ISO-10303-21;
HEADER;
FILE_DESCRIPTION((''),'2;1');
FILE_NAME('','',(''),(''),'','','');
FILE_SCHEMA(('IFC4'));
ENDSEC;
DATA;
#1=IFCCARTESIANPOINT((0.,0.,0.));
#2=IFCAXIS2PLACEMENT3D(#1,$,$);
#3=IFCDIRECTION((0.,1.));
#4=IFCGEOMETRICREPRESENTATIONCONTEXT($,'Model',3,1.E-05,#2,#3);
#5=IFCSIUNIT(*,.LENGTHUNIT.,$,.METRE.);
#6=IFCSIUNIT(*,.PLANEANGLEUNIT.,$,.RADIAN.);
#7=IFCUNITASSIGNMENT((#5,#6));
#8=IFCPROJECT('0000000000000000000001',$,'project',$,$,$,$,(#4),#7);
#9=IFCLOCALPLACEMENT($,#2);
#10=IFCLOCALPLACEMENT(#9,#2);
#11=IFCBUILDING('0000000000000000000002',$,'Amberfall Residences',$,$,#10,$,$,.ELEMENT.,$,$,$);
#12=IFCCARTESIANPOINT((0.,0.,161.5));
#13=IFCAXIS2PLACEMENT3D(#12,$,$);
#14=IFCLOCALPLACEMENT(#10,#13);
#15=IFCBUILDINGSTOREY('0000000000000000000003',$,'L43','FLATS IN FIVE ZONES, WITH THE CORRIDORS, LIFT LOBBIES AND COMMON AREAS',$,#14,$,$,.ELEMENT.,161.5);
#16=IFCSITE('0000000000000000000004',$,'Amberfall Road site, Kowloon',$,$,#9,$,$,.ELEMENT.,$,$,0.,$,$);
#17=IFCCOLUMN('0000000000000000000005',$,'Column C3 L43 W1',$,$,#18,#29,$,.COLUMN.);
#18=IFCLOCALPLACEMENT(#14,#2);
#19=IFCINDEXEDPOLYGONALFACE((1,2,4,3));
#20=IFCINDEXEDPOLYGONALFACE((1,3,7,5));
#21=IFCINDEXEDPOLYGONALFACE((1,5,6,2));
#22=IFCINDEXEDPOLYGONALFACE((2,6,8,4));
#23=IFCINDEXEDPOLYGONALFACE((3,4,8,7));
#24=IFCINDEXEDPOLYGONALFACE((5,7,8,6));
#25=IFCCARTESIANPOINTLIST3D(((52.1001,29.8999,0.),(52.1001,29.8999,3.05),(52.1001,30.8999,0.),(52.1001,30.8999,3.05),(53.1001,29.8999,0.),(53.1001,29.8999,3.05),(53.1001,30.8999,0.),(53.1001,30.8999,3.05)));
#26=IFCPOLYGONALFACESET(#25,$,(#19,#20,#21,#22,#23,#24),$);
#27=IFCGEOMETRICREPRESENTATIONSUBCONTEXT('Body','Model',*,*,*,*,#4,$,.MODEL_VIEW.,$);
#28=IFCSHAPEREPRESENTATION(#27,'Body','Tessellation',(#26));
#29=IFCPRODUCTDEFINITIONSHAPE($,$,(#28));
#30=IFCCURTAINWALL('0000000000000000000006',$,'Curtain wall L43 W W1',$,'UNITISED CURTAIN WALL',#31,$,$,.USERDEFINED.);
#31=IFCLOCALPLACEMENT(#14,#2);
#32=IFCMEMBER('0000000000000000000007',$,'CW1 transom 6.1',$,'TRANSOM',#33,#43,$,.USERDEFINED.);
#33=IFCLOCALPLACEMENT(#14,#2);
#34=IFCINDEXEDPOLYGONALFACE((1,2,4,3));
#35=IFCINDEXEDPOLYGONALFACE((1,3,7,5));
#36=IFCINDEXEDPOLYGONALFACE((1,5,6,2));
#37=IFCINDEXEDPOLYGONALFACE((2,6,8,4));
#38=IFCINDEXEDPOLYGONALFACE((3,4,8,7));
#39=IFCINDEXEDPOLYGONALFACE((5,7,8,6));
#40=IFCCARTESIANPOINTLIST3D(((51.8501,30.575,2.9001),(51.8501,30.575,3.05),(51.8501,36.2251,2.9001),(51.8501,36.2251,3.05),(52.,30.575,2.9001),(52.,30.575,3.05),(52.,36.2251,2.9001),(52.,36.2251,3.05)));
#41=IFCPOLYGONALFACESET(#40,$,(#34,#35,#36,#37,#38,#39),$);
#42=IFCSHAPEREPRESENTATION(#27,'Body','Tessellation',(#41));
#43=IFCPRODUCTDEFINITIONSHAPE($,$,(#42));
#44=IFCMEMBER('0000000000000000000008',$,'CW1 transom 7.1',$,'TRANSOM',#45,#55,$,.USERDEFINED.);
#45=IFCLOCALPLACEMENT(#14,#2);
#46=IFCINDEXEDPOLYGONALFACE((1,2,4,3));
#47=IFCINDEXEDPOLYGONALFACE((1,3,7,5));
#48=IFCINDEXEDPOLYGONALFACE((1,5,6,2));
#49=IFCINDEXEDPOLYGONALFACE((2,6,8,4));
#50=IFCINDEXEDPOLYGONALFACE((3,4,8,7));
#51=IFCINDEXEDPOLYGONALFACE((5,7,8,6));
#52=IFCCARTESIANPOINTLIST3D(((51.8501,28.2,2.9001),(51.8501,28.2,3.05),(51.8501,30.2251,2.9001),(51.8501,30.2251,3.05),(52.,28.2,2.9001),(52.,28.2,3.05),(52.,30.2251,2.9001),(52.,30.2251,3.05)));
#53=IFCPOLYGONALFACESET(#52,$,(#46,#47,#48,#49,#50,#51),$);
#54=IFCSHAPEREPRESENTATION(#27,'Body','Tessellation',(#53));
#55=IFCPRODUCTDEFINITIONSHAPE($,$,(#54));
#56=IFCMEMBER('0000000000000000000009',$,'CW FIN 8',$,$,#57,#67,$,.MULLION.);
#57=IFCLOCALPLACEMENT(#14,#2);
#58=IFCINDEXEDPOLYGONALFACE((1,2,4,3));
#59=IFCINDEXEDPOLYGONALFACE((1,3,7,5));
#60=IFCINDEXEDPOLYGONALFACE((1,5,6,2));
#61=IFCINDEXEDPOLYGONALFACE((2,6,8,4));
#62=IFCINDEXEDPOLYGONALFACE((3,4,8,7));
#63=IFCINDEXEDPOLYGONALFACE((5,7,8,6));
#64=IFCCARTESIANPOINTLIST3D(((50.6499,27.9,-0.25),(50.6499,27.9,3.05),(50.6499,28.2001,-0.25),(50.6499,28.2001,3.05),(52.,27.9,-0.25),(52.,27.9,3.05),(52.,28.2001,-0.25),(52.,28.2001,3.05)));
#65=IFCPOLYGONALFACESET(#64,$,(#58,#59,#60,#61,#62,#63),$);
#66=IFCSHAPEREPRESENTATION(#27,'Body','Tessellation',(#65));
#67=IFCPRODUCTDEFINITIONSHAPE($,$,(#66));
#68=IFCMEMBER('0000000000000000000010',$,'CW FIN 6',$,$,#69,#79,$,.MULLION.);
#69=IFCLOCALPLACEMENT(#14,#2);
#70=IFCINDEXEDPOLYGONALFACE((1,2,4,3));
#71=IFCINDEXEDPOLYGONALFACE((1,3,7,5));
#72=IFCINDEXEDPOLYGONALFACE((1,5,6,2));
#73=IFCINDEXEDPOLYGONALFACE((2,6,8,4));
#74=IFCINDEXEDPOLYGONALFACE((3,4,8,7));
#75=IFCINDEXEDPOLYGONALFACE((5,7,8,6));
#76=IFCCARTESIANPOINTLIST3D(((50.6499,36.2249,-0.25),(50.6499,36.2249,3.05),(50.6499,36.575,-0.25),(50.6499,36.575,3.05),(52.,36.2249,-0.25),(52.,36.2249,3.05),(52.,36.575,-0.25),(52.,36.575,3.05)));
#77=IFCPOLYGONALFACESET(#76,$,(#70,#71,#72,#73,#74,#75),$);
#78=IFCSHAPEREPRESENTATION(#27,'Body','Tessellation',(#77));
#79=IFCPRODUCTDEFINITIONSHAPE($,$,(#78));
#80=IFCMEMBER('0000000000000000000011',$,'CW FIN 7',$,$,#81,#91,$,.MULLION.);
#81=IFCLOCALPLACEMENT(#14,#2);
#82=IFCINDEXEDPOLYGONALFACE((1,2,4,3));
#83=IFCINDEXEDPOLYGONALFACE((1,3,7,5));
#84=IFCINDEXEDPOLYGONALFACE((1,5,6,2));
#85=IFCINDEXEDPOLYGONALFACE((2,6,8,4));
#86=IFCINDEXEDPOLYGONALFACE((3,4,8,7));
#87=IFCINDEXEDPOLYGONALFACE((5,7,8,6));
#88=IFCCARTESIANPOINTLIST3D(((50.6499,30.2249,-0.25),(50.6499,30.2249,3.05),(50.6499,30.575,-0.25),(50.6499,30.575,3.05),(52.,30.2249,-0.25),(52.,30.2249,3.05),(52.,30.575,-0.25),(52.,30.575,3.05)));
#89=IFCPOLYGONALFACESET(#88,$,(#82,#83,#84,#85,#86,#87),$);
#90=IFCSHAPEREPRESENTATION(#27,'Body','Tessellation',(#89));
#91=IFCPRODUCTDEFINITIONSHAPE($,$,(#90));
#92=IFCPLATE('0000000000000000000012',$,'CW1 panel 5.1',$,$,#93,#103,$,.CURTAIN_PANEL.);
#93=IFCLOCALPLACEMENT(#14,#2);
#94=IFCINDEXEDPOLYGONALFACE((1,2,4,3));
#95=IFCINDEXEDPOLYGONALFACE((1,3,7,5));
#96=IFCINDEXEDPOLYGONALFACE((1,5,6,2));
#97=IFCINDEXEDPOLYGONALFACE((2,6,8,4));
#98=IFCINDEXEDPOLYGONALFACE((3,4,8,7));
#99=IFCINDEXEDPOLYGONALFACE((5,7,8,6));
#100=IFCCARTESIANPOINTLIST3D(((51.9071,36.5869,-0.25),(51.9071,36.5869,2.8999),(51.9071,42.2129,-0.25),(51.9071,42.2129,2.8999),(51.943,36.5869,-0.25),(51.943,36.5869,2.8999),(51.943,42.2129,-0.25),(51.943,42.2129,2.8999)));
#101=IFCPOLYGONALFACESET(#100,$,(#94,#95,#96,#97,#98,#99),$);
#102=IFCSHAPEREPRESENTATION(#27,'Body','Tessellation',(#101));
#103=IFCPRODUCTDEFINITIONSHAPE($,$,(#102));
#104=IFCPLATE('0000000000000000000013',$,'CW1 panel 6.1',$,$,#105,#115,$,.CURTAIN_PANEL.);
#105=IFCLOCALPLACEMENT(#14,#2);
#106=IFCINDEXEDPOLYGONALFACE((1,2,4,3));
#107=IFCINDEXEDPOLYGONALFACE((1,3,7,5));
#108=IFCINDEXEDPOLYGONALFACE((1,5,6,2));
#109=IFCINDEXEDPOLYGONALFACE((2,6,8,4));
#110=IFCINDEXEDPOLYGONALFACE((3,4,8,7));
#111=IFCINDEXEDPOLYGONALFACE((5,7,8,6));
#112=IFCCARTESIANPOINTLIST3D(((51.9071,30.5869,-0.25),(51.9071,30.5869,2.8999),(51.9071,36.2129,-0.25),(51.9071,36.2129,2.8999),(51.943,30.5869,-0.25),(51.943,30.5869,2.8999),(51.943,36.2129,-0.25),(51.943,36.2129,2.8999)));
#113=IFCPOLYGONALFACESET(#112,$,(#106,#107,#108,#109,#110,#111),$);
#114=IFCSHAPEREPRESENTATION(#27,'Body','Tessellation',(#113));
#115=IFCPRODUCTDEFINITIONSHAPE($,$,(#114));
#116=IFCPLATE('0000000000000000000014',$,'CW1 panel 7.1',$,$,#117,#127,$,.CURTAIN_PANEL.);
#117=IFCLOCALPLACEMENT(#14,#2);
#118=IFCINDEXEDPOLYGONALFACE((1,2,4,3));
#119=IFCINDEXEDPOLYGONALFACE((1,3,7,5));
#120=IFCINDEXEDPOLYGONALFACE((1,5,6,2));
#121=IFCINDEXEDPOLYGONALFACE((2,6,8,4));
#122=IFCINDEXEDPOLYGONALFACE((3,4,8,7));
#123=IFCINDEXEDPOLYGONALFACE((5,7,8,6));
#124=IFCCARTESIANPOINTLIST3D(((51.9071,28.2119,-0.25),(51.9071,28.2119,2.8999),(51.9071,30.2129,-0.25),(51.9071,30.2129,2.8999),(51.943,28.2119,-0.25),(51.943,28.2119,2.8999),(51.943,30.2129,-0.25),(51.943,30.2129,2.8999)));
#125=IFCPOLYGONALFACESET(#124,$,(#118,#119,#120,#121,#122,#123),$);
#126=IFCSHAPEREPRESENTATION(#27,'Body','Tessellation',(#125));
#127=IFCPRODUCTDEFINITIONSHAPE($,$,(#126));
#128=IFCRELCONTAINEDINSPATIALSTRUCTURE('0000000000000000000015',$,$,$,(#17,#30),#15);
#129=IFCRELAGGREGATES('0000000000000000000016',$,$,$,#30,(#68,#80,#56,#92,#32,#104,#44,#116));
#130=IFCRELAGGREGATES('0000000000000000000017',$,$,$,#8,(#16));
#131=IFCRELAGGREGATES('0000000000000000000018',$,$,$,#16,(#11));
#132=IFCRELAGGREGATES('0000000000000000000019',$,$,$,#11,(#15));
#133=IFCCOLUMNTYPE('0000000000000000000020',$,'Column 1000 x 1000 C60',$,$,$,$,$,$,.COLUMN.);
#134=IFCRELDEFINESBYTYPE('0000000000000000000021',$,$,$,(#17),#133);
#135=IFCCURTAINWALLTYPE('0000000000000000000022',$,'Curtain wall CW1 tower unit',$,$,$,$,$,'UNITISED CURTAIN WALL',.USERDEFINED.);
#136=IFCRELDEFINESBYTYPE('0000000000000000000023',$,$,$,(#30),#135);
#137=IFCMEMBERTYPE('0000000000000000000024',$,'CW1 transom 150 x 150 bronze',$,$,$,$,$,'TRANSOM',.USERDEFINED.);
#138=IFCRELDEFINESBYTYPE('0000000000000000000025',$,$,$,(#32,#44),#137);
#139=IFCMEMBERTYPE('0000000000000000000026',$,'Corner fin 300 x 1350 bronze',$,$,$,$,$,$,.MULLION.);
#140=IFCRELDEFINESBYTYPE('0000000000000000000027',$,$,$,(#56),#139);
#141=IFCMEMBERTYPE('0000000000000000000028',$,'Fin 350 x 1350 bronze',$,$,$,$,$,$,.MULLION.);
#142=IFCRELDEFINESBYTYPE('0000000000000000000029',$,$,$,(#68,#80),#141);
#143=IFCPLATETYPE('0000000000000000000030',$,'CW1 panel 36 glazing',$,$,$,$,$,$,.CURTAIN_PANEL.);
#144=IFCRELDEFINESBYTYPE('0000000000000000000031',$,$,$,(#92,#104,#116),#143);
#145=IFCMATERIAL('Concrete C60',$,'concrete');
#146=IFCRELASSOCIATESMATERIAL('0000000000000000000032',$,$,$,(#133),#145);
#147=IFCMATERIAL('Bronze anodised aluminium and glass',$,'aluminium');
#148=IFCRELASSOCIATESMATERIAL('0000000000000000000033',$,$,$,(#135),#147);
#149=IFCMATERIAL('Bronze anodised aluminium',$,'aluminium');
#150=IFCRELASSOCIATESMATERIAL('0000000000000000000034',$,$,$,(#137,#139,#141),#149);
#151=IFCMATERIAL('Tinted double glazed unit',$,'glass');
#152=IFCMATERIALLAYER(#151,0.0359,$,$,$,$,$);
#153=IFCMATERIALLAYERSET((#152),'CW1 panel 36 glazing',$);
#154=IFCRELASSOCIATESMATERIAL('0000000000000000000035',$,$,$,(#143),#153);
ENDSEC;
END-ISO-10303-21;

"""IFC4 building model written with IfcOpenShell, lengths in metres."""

from ifc_helpers import new_model, si_unit, direction, frame, origin, origin_2d, place, context, subcontext, project, spatial, rectangle, extrude, material, layer, layer_set, material_profile, profile_set, type_object, element, aggregate, save


model = new_model("IFC4")

# Units and contexts
model_context = context("Model", 3, precision=1e-05, world=origin(), true_north=direction((0.0, 1.0)))
body_context = subcontext(model_context, "Body", "Model", "MODEL_VIEW")
ifc_project = project(units=[si_unit("LENGTHUNIT", "METRE"), si_unit("PLANEANGLEUNIT", "RADIAN")], contexts=[model_context])

# Site, building, storey
site_placement = place(None, origin())
site = spatial("IfcSite", under=ifc_project, at=site_placement, Name="Amberfall Road site, Kowloon", CompositionType="ELEMENT", RefElevation=0.0)
building_placement = place(site_placement, origin())
building = spatial("IfcBuilding", under=site, at=building_placement, Name="Amberfall Residences", CompositionType="ELEMENT")
storey_placement = place(building_placement, frame((0.0, 0.0, 161.5)))
storey = spatial("IfcBuildingStorey", under=building, at=storey_placement, Name="L43", Description="FLATS IN FIVE ZONES, WITH THE CORRIDORS, LIFT LOBBIES AND COMMON AREAS", CompositionType="ELEMENT", Elevation=161.5)

# Column
ifc_material_1 = material(Name="Concrete C60", Category="concrete")
ifc_material_profile_1 = material_profile(ifc_material_1, rectangle(XDim=1.0, YDim=1.0, at=origin_2d()), Name="Column 1000 x 1000 C60")
ifc_profile_set_1 = profile_set([ifc_material_profile_1], Name="Concrete C60")
column_type = type_object("IfcColumnType", Name="Column 1000 x 1000 C60", PredefinedType="COLUMN", material=ifc_profile_set_1)
column_placement = place(storey_placement, frame((52.6001, 30.3999, 0.0), z_axis=(0.0, 0.0, 1.0), x_axis=(1.0, 0.0, 0.0)))
element("IfcColumn", 1, at=column_placement, inside=storey, type_object=column_type, Name="Column C3 L43 W1", PredefinedType="COLUMN", context=body_context, shape_type="SweptSolid", body=[
    extrude(rectangle(XDim=1.0, YDim=1.0, at=origin_2d()), origin(), (0.0, 0.0, 1.0), 3.05),
])

# Curtain wall, members, plates
ifc_material_2 = material(Name="Bronze anodised aluminium and glass", Category="aluminium")
curtain_wall_type = type_object("IfcCurtainWallType", Name="Curtain wall CW1 tower unit", ElementType="UNITISED CURTAIN WALL", PredefinedType="USERDEFINED", material=ifc_material_2)
curtain_wall_placement = place(storey_placement, origin())
curtain_wall = element("IfcCurtainWall", 2, at=curtain_wall_placement, inside=storey, type_object=curtain_wall_type, Name="Curtain wall L43 W W1", ObjectType="UNITISED CURTAIN WALL", PredefinedType="USERDEFINED")
ifc_material_3 = material(Name="Bronze anodised aluminium", Category="aluminium")
ifc_material_profile_2 = material_profile(ifc_material_3, rectangle(XDim=0.1499, YDim=0.1499, at=origin_2d()), Name="CW1 transom 150 x 150 bronze")
ifc_profile_set_2 = profile_set([ifc_material_profile_2], Name="Bronze anodised aluminium")
member_type_1 = type_object("IfcMemberType", Name="CW1 transom 150 x 150 bronze", ElementType="TRANSOM", PredefinedType="USERDEFINED", material=ifc_profile_set_2)
member_1_placement = place(storey_placement, frame((51.925, 36.2251, 2.9751), z_axis=(0.0, -1.0, 0.0), x_axis=(1.0, 0.0, 0.0)))
member_1 = element("IfcMember", 3, at=member_1_placement, type_object=member_type_1, Name="CW1 transom 6.1", ObjectType="TRANSOM", PredefinedType="USERDEFINED", context=body_context, shape_type="SweptSolid", body=[
    extrude(rectangle(XDim=0.1499, YDim=0.1499, at=origin_2d()), origin(), (0.0, 0.0, 1.0), 5.6501),
])
member_2_placement = place(storey_placement, frame((51.925, 30.2251, 2.9751), z_axis=(0.0, -1.0, 0.0), x_axis=(1.0, 0.0, 0.0)))
member_2 = element("IfcMember", 4, at=member_2_placement, type_object=member_type_1, Name="CW1 transom 7.1", ObjectType="TRANSOM", PredefinedType="USERDEFINED", context=body_context, shape_type="SweptSolid", body=[
    extrude(rectangle(XDim=0.1499, YDim=0.1499, at=origin_2d()), origin(), (0.0, 0.0, 1.0), 2.0251),
])
ifc_material_profile_3 = material_profile(ifc_material_3, rectangle(XDim=1.3501, YDim=0.3, at=origin_2d()), Name="Corner fin 300 x 1350 bronze")
ifc_profile_set_3 = profile_set([ifc_material_profile_3], Name="Bronze anodised aluminium")
member_type_2 = type_object("IfcMemberType", Name="Corner fin 300 x 1350 bronze", PredefinedType="MULLION", material=ifc_profile_set_3)
member_3_placement = place(storey_placement, frame((51.325, 28.05, -0.25), z_axis=(0.0, 0.0, 1.0), x_axis=(1.0, 0.0, 0.0)))
member_3 = element("IfcMember", 5, at=member_3_placement, type_object=member_type_2, Name="CW FIN 8", PredefinedType="MULLION", context=body_context, shape_type="SweptSolid", body=[
    extrude(rectangle(XDim=1.3501, YDim=0.3, at=origin_2d()), origin(), (0.0, 0.0, 1.0), 3.3),
])
ifc_material_profile_4 = material_profile(ifc_material_3, rectangle(XDim=1.3501, YDim=0.3501, at=origin_2d()), Name="Fin 350 x 1350 bronze")
ifc_profile_set_4 = profile_set([ifc_material_profile_4], Name="Bronze anodised aluminium")
member_type_3 = type_object("IfcMemberType", Name="Fin 350 x 1350 bronze", PredefinedType="MULLION", material=ifc_profile_set_4)
member_4_placement = place(storey_placement, frame((51.325, 36.3999, -0.25), z_axis=(0.0, 0.0, 1.0), x_axis=(1.0, 0.0, 0.0)))
member_4 = element("IfcMember", 6, at=member_4_placement, type_object=member_type_3, Name="CW FIN 6", PredefinedType="MULLION", context=body_context, shape_type="SweptSolid", body=[
    extrude(rectangle(XDim=1.3501, YDim=0.3501, at=origin_2d()), origin(), (0.0, 0.0, 1.0), 3.3),
])
member_5_placement = place(storey_placement, frame((51.325, 30.3999, -0.25), z_axis=(0.0, 0.0, 1.0), x_axis=(1.0, 0.0, 0.0)))
member_5 = element("IfcMember", 7, at=member_5_placement, type_object=member_type_3, Name="CW FIN 7", PredefinedType="MULLION", context=body_context, shape_type="SweptSolid", body=[
    extrude(rectangle(XDim=1.3501, YDim=0.3501, at=origin_2d()), origin(), (0.0, 0.0, 1.0), 3.3),
])
ifc_material_4 = material(Name="Tinted double glazed unit", Category="glass")
ifc_layer_1 = layer(ifc_material_4, 0.0359)
ifc_layer_set_1 = layer_set([ifc_layer_1], Name="CW1 panel 36 glazing")
plate_type = type_object("IfcPlateType", Name="CW1 panel 36 glazing", PredefinedType="CURTAIN_PANEL", material=ifc_layer_set_1)
plate_1_placement = place(storey_placement, frame((51.925, 39.3999, -0.25), z_axis=(0.0, 0.0, 1.0), x_axis=(0.0, -1.0, 0.0)))
plate_1 = element("IfcPlate", 8, at=plate_1_placement, type_object=plate_type, Name="CW1 panel 5.1", PredefinedType="CURTAIN_PANEL", context=body_context, shape_type="SweptSolid", body=[
    extrude(rectangle(XDim=5.626, YDim=0.0359, at=origin_2d()), origin(), (0.0, 0.0, 1.0), 3.1499),
])
plate_2_placement = place(storey_placement, frame((51.925, 33.3999, -0.25), z_axis=(0.0, 0.0, 1.0), x_axis=(0.0, -1.0, 0.0)))
plate_2 = element("IfcPlate", 9, at=plate_2_placement, type_object=plate_type, Name="CW1 panel 6.1", PredefinedType="CURTAIN_PANEL", context=body_context, shape_type="SweptSolid", body=[
    extrude(rectangle(XDim=5.626, YDim=0.0359, at=origin_2d()), origin(), (0.0, 0.0, 1.0), 3.1499),
])
plate_3_placement = place(storey_placement, frame((51.925, 29.2124, -0.25), z_axis=(0.0, 0.0, 1.0), x_axis=(0.0, -1.0, 0.0)))
plate_3 = element("IfcPlate", 10, at=plate_3_placement, type_object=plate_type, Name="CW1 panel 7.1", PredefinedType="CURTAIN_PANEL", context=body_context, shape_type="SweptSolid", body=[
    extrude(rectangle(XDim=2.001, YDim=0.0359, at=origin_2d()), origin(), (0.0, 0.0, 1.0), 3.1499),
])
aggregate(curtain_wall, [member_4, member_5, member_3, plate_1, member_1, plate_2, member_2, plate_3])

save(model, "model.ifc")
